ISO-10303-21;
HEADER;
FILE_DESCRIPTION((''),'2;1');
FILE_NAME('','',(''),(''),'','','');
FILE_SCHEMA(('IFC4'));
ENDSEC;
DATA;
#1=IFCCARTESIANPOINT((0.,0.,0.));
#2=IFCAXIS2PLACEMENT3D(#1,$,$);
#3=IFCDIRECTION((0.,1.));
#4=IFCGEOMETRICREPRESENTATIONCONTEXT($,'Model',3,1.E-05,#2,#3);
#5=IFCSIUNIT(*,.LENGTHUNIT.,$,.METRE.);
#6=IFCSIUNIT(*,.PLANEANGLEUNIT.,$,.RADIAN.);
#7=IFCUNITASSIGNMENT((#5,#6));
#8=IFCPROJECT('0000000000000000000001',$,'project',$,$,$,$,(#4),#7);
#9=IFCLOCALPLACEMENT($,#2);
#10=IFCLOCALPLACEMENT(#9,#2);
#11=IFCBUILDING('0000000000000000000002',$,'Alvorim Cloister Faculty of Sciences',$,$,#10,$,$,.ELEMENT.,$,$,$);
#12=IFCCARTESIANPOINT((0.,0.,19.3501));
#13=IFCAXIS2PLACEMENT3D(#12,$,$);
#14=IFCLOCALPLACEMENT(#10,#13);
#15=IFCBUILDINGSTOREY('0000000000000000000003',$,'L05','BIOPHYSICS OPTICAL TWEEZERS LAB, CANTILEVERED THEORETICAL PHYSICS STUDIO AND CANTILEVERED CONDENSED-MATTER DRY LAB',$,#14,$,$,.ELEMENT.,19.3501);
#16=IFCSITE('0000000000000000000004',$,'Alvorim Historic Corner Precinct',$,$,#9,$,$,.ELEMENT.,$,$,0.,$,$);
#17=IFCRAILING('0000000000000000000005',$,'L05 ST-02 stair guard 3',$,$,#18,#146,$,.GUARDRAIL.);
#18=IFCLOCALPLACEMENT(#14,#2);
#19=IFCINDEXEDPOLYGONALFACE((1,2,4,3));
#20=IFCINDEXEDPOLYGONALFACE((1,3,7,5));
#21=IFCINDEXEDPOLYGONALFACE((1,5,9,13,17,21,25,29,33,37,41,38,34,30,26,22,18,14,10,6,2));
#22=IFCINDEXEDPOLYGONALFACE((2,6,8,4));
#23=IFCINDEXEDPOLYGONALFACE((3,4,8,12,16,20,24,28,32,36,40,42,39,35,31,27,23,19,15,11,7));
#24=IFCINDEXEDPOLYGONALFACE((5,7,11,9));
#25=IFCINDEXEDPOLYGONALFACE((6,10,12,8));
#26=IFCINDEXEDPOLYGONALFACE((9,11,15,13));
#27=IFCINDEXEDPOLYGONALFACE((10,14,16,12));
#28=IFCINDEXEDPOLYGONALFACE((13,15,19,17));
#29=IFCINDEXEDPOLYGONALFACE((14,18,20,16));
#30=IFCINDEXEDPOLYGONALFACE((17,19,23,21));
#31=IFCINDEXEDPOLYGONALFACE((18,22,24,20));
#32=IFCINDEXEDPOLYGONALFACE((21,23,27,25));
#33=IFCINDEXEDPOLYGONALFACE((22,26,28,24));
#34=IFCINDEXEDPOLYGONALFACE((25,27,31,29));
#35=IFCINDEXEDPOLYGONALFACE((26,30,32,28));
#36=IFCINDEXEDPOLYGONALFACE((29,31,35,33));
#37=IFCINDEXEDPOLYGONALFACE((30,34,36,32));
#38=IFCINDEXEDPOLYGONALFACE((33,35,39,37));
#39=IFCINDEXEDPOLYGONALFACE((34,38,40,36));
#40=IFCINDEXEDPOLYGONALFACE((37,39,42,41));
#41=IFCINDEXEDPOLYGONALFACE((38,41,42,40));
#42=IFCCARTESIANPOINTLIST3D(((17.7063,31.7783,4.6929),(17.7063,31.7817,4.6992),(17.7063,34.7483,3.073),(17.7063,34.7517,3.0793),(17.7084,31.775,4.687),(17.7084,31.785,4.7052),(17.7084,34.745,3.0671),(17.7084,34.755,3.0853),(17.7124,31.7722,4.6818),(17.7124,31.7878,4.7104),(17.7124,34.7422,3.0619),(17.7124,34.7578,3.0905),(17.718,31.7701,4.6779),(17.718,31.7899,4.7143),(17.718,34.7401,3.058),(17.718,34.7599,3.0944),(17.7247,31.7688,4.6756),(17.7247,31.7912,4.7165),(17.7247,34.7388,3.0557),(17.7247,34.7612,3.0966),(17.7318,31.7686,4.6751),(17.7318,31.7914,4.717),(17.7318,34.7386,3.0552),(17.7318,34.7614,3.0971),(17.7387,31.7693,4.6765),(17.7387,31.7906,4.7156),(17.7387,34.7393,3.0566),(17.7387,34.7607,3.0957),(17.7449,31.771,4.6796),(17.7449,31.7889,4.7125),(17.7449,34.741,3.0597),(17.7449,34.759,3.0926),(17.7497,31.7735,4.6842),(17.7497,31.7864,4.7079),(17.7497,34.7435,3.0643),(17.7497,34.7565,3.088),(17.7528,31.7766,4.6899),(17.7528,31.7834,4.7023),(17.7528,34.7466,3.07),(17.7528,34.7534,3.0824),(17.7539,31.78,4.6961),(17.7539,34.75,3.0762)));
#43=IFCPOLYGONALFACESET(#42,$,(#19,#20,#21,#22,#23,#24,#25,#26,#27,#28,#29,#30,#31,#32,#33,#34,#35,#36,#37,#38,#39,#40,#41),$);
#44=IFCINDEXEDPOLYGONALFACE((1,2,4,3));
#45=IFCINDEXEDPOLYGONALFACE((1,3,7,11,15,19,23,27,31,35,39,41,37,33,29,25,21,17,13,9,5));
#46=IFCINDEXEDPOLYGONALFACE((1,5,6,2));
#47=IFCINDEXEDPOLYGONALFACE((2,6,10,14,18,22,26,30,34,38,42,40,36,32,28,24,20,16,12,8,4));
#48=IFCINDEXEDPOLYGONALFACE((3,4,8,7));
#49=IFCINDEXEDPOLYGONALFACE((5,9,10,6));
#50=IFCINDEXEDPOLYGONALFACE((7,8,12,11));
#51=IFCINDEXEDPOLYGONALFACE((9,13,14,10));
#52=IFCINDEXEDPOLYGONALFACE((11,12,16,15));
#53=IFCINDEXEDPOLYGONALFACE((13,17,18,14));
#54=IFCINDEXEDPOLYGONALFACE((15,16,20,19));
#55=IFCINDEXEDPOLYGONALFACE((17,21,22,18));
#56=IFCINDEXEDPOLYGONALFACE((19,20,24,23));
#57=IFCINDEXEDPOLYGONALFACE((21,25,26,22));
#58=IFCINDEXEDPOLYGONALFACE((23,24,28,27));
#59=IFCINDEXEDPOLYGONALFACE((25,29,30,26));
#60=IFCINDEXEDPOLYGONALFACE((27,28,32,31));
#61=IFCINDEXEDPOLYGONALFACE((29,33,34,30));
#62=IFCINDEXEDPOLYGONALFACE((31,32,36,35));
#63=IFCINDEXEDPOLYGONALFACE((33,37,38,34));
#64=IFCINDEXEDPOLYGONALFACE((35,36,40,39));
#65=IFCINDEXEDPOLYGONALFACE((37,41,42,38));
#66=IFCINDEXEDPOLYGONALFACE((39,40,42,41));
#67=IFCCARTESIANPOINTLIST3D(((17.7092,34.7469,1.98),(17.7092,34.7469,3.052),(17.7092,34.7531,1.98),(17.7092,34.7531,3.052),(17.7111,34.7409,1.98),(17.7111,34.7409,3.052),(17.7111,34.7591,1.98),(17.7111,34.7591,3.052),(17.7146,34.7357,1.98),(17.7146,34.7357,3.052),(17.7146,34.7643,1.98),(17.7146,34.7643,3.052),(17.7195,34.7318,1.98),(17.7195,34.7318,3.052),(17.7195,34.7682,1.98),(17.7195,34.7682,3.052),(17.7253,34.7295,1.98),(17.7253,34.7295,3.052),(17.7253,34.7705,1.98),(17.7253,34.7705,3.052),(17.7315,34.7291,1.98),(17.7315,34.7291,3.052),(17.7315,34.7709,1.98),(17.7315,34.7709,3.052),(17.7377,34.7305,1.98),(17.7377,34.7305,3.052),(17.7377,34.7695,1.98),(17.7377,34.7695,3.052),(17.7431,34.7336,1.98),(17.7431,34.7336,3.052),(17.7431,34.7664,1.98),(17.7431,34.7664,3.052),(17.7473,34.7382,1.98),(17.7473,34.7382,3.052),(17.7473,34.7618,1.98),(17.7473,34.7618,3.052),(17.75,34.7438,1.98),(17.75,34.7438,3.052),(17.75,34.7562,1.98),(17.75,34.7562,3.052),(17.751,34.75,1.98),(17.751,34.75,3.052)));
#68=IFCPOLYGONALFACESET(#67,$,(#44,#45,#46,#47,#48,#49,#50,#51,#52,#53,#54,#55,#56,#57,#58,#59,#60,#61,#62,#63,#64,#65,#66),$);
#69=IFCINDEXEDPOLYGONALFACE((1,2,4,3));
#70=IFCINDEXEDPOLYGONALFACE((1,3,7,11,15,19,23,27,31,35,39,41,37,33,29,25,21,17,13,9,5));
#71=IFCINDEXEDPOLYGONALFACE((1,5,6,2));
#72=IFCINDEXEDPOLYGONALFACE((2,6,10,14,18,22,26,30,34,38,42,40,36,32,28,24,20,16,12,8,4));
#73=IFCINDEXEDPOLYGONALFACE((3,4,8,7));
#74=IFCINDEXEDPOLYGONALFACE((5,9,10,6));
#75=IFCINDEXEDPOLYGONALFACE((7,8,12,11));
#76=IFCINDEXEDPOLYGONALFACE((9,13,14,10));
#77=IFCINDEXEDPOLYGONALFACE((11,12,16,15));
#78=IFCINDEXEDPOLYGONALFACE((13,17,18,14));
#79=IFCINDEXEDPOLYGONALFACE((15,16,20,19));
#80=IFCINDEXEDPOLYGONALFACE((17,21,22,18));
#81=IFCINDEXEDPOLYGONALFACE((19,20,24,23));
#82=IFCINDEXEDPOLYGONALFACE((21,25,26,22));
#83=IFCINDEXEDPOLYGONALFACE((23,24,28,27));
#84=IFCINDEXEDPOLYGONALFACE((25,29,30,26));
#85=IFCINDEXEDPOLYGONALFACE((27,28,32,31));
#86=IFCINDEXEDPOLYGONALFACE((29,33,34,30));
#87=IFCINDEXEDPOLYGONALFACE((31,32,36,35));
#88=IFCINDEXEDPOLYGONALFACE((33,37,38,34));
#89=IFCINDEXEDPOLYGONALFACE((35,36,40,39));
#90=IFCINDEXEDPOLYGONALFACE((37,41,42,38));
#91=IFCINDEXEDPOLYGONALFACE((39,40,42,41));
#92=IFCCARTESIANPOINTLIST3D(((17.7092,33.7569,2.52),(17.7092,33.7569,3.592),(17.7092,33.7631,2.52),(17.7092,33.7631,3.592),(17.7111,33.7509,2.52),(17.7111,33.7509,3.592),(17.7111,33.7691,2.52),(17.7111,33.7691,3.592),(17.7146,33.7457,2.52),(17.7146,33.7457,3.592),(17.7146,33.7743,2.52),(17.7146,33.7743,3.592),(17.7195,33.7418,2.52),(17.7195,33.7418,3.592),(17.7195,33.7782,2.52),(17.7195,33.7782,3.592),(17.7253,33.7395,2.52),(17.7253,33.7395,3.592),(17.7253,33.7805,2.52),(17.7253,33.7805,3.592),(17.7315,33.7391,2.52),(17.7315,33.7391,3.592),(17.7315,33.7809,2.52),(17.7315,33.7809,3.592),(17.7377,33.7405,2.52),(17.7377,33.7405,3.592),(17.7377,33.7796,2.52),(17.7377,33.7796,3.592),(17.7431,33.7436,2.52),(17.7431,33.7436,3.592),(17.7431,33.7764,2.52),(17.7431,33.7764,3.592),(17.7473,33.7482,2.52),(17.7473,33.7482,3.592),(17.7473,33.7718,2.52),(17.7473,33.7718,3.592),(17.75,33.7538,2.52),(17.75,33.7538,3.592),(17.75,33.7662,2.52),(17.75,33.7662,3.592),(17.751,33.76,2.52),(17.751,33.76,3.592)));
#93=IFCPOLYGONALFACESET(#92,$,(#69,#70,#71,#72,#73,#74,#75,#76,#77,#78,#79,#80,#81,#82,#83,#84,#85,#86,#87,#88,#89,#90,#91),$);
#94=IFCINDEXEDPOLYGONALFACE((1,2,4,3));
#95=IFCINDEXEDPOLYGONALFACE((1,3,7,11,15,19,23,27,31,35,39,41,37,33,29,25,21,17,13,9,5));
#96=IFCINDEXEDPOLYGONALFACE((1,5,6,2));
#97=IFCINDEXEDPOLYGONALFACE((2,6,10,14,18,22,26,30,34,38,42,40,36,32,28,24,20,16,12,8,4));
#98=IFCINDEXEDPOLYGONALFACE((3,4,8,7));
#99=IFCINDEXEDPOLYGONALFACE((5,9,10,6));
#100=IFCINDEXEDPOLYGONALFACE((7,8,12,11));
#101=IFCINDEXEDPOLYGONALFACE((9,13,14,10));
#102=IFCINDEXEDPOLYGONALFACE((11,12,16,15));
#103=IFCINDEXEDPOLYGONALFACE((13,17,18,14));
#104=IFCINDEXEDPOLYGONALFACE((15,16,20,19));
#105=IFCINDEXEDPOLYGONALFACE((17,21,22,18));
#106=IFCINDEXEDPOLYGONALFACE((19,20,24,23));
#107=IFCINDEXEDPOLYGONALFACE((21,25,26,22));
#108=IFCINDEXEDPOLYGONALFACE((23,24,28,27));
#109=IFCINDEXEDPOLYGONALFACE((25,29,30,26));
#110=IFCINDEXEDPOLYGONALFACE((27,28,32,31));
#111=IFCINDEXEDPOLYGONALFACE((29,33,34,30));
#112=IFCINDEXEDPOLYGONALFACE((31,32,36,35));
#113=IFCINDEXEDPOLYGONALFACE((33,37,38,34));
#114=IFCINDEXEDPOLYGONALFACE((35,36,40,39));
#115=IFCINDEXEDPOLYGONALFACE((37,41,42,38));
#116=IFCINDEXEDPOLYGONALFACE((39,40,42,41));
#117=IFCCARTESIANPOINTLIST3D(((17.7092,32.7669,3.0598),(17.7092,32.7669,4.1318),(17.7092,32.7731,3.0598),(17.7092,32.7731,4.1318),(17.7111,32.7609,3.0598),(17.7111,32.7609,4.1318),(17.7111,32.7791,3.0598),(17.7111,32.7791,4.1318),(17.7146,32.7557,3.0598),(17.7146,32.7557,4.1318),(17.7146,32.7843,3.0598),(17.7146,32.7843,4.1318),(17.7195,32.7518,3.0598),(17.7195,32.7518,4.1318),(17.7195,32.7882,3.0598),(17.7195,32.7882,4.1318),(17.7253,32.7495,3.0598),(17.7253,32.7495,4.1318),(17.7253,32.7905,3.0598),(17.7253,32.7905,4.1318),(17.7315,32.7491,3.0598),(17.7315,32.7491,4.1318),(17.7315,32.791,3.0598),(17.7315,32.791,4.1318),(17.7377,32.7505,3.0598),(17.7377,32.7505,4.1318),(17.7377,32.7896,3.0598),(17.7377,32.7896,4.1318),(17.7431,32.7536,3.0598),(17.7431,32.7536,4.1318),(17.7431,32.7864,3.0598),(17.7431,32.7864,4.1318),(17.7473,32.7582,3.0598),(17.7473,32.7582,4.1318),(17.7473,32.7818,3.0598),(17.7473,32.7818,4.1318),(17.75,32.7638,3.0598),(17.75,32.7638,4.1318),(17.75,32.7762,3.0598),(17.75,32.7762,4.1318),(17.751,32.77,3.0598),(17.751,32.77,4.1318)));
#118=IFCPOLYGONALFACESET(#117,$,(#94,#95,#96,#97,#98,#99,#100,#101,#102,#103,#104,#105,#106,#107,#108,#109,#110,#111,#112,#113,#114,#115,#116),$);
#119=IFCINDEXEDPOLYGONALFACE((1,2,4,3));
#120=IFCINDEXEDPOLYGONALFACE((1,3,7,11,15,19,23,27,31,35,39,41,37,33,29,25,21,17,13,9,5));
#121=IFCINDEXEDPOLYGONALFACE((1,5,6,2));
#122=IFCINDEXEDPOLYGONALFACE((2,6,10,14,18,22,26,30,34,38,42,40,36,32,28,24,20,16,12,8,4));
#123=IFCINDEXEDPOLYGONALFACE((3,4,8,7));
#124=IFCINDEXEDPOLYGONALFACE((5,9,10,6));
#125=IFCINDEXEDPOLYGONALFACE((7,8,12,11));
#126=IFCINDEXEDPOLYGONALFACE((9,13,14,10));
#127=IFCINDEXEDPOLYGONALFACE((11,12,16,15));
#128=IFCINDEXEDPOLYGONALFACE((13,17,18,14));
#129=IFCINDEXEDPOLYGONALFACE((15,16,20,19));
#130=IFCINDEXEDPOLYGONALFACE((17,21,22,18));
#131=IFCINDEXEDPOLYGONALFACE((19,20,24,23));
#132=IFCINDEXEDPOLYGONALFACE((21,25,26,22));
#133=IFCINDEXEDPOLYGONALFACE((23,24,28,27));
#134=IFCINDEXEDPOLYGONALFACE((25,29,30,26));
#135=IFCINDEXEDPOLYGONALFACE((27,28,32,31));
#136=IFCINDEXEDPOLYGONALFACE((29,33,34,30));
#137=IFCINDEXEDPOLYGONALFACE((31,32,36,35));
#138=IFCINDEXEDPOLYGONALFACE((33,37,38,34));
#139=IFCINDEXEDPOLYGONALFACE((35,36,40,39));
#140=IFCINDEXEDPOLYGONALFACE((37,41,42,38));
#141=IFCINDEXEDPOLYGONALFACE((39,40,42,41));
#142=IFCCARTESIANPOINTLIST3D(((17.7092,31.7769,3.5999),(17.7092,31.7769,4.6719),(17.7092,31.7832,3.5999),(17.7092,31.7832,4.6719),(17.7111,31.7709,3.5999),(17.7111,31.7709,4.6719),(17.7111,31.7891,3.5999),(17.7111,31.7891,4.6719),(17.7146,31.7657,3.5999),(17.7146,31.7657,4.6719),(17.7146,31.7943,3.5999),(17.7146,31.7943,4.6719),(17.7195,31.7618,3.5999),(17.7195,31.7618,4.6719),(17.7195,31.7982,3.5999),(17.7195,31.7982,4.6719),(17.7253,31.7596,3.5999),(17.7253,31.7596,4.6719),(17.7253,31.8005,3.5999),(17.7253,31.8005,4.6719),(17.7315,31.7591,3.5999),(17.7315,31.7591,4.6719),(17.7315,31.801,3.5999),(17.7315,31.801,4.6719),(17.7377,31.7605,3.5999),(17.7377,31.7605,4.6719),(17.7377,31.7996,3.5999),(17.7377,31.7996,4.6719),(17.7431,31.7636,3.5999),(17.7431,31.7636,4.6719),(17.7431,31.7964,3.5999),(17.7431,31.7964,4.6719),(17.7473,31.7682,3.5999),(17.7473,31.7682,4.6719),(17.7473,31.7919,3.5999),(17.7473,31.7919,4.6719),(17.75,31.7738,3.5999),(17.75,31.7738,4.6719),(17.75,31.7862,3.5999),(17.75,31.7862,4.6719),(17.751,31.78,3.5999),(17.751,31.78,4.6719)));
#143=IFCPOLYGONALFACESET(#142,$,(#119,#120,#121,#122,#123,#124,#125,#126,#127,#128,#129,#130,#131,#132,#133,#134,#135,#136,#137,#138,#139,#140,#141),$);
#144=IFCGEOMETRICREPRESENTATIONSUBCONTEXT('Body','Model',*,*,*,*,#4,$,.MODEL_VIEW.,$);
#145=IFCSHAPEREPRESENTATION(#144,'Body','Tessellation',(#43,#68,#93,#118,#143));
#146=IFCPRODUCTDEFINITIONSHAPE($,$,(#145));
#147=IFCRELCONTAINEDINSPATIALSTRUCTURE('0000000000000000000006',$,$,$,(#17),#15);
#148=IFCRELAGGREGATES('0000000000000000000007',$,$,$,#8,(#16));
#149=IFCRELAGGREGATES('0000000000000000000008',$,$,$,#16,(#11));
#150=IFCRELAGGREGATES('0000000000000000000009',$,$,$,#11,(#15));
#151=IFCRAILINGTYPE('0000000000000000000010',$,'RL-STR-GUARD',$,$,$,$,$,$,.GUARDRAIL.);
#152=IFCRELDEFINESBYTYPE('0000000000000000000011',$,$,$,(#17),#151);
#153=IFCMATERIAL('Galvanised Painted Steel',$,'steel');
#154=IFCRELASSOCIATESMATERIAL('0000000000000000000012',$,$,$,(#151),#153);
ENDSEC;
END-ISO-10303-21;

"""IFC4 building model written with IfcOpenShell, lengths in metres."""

from ifc_helpers import new_model, si_unit, direction, frame, origin, origin_2d, place, context, subcontext, project, spatial, circle, extrude, material, type_object, element, save


model = new_model("IFC4")

# Units and contexts
model_context = context("Model", 3, precision=1e-05, world=origin(), true_north=direction((0.0, 1.0)))
body_context = subcontext(model_context, "Body", "Model", "MODEL_VIEW")
ifc_project = project(units=[si_unit("LENGTHUNIT", "METRE"), si_unit("PLANEANGLEUNIT", "RADIAN")], contexts=[model_context])

# Site, building, storey
site_placement = place(None, origin())
site = spatial("IfcSite", under=ifc_project, at=site_placement, Name="Alvorim Historic Corner Precinct", CompositionType="ELEMENT", RefElevation=0.0)
building_placement = place(site_placement, origin())
building = spatial("IfcBuilding", under=site, at=building_placement, Name="Alvorim Cloister Faculty of Sciences", CompositionType="ELEMENT")
storey_placement = place(building_placement, frame((0.0, 0.0, 19.3501)))
storey = spatial("IfcBuildingStorey", under=building, at=storey_placement, Name="L05", Description="BIOPHYSICS OPTICAL TWEEZERS LAB, CANTILEVERED THEORETICAL PHYSICS STUDIO AND CANTILEVERED CONDENSED-MATTER DRY LAB", CompositionType="ELEMENT", Elevation=19.3501)

# Railing
ifc_material_1 = material(Name="Galvanised Painted Steel", Category="steel")
railing_type_1 = type_object("IfcRailingType", Name="RL-STR-GUARD", PredefinedType="GUARDRAIL", material=ifc_material_1)
railing_1_placement = place(storey_placement, frame((17.73, 34.75, 1.98)))
element("IfcRailing", 1, at=railing_1_placement, inside=storey, type_object=railing_type_1, Name="L05 ST-02 stair guard 3", PredefinedType="GUARDRAIL", context=body_context, shape_type="SweptSolid", body=[
    extrude(circle(Radius=0.0239, at=origin_2d()), frame((0.0, 0.0, 1.0962), z_axis=(0.0, -0.877909, 0.478827), x_axis=(1.0, 0.0, 0.0)), (0.0, 0.0, 1.0), 3.3831),
    extrude(circle(Radius=0.021, at=origin_2d()), origin(), (0.0, 0.0, 1.0), 1.072),
    extrude(circle(Radius=0.021, at=origin_2d()), frame((0.0, -0.99, 0.54)), (0.0, 0.0, 1.0), 1.072),
    extrude(circle(Radius=0.021, at=origin_2d()), frame((0.0, -1.98, 1.0798)), (0.0, 0.0, 1.0), 1.072),
    extrude(circle(Radius=0.021, at=origin_2d()), frame((0.0, -2.97, 1.6199)), (0.0, 0.0, 1.0), 1.072),
])

save(model, "model.ifc")
